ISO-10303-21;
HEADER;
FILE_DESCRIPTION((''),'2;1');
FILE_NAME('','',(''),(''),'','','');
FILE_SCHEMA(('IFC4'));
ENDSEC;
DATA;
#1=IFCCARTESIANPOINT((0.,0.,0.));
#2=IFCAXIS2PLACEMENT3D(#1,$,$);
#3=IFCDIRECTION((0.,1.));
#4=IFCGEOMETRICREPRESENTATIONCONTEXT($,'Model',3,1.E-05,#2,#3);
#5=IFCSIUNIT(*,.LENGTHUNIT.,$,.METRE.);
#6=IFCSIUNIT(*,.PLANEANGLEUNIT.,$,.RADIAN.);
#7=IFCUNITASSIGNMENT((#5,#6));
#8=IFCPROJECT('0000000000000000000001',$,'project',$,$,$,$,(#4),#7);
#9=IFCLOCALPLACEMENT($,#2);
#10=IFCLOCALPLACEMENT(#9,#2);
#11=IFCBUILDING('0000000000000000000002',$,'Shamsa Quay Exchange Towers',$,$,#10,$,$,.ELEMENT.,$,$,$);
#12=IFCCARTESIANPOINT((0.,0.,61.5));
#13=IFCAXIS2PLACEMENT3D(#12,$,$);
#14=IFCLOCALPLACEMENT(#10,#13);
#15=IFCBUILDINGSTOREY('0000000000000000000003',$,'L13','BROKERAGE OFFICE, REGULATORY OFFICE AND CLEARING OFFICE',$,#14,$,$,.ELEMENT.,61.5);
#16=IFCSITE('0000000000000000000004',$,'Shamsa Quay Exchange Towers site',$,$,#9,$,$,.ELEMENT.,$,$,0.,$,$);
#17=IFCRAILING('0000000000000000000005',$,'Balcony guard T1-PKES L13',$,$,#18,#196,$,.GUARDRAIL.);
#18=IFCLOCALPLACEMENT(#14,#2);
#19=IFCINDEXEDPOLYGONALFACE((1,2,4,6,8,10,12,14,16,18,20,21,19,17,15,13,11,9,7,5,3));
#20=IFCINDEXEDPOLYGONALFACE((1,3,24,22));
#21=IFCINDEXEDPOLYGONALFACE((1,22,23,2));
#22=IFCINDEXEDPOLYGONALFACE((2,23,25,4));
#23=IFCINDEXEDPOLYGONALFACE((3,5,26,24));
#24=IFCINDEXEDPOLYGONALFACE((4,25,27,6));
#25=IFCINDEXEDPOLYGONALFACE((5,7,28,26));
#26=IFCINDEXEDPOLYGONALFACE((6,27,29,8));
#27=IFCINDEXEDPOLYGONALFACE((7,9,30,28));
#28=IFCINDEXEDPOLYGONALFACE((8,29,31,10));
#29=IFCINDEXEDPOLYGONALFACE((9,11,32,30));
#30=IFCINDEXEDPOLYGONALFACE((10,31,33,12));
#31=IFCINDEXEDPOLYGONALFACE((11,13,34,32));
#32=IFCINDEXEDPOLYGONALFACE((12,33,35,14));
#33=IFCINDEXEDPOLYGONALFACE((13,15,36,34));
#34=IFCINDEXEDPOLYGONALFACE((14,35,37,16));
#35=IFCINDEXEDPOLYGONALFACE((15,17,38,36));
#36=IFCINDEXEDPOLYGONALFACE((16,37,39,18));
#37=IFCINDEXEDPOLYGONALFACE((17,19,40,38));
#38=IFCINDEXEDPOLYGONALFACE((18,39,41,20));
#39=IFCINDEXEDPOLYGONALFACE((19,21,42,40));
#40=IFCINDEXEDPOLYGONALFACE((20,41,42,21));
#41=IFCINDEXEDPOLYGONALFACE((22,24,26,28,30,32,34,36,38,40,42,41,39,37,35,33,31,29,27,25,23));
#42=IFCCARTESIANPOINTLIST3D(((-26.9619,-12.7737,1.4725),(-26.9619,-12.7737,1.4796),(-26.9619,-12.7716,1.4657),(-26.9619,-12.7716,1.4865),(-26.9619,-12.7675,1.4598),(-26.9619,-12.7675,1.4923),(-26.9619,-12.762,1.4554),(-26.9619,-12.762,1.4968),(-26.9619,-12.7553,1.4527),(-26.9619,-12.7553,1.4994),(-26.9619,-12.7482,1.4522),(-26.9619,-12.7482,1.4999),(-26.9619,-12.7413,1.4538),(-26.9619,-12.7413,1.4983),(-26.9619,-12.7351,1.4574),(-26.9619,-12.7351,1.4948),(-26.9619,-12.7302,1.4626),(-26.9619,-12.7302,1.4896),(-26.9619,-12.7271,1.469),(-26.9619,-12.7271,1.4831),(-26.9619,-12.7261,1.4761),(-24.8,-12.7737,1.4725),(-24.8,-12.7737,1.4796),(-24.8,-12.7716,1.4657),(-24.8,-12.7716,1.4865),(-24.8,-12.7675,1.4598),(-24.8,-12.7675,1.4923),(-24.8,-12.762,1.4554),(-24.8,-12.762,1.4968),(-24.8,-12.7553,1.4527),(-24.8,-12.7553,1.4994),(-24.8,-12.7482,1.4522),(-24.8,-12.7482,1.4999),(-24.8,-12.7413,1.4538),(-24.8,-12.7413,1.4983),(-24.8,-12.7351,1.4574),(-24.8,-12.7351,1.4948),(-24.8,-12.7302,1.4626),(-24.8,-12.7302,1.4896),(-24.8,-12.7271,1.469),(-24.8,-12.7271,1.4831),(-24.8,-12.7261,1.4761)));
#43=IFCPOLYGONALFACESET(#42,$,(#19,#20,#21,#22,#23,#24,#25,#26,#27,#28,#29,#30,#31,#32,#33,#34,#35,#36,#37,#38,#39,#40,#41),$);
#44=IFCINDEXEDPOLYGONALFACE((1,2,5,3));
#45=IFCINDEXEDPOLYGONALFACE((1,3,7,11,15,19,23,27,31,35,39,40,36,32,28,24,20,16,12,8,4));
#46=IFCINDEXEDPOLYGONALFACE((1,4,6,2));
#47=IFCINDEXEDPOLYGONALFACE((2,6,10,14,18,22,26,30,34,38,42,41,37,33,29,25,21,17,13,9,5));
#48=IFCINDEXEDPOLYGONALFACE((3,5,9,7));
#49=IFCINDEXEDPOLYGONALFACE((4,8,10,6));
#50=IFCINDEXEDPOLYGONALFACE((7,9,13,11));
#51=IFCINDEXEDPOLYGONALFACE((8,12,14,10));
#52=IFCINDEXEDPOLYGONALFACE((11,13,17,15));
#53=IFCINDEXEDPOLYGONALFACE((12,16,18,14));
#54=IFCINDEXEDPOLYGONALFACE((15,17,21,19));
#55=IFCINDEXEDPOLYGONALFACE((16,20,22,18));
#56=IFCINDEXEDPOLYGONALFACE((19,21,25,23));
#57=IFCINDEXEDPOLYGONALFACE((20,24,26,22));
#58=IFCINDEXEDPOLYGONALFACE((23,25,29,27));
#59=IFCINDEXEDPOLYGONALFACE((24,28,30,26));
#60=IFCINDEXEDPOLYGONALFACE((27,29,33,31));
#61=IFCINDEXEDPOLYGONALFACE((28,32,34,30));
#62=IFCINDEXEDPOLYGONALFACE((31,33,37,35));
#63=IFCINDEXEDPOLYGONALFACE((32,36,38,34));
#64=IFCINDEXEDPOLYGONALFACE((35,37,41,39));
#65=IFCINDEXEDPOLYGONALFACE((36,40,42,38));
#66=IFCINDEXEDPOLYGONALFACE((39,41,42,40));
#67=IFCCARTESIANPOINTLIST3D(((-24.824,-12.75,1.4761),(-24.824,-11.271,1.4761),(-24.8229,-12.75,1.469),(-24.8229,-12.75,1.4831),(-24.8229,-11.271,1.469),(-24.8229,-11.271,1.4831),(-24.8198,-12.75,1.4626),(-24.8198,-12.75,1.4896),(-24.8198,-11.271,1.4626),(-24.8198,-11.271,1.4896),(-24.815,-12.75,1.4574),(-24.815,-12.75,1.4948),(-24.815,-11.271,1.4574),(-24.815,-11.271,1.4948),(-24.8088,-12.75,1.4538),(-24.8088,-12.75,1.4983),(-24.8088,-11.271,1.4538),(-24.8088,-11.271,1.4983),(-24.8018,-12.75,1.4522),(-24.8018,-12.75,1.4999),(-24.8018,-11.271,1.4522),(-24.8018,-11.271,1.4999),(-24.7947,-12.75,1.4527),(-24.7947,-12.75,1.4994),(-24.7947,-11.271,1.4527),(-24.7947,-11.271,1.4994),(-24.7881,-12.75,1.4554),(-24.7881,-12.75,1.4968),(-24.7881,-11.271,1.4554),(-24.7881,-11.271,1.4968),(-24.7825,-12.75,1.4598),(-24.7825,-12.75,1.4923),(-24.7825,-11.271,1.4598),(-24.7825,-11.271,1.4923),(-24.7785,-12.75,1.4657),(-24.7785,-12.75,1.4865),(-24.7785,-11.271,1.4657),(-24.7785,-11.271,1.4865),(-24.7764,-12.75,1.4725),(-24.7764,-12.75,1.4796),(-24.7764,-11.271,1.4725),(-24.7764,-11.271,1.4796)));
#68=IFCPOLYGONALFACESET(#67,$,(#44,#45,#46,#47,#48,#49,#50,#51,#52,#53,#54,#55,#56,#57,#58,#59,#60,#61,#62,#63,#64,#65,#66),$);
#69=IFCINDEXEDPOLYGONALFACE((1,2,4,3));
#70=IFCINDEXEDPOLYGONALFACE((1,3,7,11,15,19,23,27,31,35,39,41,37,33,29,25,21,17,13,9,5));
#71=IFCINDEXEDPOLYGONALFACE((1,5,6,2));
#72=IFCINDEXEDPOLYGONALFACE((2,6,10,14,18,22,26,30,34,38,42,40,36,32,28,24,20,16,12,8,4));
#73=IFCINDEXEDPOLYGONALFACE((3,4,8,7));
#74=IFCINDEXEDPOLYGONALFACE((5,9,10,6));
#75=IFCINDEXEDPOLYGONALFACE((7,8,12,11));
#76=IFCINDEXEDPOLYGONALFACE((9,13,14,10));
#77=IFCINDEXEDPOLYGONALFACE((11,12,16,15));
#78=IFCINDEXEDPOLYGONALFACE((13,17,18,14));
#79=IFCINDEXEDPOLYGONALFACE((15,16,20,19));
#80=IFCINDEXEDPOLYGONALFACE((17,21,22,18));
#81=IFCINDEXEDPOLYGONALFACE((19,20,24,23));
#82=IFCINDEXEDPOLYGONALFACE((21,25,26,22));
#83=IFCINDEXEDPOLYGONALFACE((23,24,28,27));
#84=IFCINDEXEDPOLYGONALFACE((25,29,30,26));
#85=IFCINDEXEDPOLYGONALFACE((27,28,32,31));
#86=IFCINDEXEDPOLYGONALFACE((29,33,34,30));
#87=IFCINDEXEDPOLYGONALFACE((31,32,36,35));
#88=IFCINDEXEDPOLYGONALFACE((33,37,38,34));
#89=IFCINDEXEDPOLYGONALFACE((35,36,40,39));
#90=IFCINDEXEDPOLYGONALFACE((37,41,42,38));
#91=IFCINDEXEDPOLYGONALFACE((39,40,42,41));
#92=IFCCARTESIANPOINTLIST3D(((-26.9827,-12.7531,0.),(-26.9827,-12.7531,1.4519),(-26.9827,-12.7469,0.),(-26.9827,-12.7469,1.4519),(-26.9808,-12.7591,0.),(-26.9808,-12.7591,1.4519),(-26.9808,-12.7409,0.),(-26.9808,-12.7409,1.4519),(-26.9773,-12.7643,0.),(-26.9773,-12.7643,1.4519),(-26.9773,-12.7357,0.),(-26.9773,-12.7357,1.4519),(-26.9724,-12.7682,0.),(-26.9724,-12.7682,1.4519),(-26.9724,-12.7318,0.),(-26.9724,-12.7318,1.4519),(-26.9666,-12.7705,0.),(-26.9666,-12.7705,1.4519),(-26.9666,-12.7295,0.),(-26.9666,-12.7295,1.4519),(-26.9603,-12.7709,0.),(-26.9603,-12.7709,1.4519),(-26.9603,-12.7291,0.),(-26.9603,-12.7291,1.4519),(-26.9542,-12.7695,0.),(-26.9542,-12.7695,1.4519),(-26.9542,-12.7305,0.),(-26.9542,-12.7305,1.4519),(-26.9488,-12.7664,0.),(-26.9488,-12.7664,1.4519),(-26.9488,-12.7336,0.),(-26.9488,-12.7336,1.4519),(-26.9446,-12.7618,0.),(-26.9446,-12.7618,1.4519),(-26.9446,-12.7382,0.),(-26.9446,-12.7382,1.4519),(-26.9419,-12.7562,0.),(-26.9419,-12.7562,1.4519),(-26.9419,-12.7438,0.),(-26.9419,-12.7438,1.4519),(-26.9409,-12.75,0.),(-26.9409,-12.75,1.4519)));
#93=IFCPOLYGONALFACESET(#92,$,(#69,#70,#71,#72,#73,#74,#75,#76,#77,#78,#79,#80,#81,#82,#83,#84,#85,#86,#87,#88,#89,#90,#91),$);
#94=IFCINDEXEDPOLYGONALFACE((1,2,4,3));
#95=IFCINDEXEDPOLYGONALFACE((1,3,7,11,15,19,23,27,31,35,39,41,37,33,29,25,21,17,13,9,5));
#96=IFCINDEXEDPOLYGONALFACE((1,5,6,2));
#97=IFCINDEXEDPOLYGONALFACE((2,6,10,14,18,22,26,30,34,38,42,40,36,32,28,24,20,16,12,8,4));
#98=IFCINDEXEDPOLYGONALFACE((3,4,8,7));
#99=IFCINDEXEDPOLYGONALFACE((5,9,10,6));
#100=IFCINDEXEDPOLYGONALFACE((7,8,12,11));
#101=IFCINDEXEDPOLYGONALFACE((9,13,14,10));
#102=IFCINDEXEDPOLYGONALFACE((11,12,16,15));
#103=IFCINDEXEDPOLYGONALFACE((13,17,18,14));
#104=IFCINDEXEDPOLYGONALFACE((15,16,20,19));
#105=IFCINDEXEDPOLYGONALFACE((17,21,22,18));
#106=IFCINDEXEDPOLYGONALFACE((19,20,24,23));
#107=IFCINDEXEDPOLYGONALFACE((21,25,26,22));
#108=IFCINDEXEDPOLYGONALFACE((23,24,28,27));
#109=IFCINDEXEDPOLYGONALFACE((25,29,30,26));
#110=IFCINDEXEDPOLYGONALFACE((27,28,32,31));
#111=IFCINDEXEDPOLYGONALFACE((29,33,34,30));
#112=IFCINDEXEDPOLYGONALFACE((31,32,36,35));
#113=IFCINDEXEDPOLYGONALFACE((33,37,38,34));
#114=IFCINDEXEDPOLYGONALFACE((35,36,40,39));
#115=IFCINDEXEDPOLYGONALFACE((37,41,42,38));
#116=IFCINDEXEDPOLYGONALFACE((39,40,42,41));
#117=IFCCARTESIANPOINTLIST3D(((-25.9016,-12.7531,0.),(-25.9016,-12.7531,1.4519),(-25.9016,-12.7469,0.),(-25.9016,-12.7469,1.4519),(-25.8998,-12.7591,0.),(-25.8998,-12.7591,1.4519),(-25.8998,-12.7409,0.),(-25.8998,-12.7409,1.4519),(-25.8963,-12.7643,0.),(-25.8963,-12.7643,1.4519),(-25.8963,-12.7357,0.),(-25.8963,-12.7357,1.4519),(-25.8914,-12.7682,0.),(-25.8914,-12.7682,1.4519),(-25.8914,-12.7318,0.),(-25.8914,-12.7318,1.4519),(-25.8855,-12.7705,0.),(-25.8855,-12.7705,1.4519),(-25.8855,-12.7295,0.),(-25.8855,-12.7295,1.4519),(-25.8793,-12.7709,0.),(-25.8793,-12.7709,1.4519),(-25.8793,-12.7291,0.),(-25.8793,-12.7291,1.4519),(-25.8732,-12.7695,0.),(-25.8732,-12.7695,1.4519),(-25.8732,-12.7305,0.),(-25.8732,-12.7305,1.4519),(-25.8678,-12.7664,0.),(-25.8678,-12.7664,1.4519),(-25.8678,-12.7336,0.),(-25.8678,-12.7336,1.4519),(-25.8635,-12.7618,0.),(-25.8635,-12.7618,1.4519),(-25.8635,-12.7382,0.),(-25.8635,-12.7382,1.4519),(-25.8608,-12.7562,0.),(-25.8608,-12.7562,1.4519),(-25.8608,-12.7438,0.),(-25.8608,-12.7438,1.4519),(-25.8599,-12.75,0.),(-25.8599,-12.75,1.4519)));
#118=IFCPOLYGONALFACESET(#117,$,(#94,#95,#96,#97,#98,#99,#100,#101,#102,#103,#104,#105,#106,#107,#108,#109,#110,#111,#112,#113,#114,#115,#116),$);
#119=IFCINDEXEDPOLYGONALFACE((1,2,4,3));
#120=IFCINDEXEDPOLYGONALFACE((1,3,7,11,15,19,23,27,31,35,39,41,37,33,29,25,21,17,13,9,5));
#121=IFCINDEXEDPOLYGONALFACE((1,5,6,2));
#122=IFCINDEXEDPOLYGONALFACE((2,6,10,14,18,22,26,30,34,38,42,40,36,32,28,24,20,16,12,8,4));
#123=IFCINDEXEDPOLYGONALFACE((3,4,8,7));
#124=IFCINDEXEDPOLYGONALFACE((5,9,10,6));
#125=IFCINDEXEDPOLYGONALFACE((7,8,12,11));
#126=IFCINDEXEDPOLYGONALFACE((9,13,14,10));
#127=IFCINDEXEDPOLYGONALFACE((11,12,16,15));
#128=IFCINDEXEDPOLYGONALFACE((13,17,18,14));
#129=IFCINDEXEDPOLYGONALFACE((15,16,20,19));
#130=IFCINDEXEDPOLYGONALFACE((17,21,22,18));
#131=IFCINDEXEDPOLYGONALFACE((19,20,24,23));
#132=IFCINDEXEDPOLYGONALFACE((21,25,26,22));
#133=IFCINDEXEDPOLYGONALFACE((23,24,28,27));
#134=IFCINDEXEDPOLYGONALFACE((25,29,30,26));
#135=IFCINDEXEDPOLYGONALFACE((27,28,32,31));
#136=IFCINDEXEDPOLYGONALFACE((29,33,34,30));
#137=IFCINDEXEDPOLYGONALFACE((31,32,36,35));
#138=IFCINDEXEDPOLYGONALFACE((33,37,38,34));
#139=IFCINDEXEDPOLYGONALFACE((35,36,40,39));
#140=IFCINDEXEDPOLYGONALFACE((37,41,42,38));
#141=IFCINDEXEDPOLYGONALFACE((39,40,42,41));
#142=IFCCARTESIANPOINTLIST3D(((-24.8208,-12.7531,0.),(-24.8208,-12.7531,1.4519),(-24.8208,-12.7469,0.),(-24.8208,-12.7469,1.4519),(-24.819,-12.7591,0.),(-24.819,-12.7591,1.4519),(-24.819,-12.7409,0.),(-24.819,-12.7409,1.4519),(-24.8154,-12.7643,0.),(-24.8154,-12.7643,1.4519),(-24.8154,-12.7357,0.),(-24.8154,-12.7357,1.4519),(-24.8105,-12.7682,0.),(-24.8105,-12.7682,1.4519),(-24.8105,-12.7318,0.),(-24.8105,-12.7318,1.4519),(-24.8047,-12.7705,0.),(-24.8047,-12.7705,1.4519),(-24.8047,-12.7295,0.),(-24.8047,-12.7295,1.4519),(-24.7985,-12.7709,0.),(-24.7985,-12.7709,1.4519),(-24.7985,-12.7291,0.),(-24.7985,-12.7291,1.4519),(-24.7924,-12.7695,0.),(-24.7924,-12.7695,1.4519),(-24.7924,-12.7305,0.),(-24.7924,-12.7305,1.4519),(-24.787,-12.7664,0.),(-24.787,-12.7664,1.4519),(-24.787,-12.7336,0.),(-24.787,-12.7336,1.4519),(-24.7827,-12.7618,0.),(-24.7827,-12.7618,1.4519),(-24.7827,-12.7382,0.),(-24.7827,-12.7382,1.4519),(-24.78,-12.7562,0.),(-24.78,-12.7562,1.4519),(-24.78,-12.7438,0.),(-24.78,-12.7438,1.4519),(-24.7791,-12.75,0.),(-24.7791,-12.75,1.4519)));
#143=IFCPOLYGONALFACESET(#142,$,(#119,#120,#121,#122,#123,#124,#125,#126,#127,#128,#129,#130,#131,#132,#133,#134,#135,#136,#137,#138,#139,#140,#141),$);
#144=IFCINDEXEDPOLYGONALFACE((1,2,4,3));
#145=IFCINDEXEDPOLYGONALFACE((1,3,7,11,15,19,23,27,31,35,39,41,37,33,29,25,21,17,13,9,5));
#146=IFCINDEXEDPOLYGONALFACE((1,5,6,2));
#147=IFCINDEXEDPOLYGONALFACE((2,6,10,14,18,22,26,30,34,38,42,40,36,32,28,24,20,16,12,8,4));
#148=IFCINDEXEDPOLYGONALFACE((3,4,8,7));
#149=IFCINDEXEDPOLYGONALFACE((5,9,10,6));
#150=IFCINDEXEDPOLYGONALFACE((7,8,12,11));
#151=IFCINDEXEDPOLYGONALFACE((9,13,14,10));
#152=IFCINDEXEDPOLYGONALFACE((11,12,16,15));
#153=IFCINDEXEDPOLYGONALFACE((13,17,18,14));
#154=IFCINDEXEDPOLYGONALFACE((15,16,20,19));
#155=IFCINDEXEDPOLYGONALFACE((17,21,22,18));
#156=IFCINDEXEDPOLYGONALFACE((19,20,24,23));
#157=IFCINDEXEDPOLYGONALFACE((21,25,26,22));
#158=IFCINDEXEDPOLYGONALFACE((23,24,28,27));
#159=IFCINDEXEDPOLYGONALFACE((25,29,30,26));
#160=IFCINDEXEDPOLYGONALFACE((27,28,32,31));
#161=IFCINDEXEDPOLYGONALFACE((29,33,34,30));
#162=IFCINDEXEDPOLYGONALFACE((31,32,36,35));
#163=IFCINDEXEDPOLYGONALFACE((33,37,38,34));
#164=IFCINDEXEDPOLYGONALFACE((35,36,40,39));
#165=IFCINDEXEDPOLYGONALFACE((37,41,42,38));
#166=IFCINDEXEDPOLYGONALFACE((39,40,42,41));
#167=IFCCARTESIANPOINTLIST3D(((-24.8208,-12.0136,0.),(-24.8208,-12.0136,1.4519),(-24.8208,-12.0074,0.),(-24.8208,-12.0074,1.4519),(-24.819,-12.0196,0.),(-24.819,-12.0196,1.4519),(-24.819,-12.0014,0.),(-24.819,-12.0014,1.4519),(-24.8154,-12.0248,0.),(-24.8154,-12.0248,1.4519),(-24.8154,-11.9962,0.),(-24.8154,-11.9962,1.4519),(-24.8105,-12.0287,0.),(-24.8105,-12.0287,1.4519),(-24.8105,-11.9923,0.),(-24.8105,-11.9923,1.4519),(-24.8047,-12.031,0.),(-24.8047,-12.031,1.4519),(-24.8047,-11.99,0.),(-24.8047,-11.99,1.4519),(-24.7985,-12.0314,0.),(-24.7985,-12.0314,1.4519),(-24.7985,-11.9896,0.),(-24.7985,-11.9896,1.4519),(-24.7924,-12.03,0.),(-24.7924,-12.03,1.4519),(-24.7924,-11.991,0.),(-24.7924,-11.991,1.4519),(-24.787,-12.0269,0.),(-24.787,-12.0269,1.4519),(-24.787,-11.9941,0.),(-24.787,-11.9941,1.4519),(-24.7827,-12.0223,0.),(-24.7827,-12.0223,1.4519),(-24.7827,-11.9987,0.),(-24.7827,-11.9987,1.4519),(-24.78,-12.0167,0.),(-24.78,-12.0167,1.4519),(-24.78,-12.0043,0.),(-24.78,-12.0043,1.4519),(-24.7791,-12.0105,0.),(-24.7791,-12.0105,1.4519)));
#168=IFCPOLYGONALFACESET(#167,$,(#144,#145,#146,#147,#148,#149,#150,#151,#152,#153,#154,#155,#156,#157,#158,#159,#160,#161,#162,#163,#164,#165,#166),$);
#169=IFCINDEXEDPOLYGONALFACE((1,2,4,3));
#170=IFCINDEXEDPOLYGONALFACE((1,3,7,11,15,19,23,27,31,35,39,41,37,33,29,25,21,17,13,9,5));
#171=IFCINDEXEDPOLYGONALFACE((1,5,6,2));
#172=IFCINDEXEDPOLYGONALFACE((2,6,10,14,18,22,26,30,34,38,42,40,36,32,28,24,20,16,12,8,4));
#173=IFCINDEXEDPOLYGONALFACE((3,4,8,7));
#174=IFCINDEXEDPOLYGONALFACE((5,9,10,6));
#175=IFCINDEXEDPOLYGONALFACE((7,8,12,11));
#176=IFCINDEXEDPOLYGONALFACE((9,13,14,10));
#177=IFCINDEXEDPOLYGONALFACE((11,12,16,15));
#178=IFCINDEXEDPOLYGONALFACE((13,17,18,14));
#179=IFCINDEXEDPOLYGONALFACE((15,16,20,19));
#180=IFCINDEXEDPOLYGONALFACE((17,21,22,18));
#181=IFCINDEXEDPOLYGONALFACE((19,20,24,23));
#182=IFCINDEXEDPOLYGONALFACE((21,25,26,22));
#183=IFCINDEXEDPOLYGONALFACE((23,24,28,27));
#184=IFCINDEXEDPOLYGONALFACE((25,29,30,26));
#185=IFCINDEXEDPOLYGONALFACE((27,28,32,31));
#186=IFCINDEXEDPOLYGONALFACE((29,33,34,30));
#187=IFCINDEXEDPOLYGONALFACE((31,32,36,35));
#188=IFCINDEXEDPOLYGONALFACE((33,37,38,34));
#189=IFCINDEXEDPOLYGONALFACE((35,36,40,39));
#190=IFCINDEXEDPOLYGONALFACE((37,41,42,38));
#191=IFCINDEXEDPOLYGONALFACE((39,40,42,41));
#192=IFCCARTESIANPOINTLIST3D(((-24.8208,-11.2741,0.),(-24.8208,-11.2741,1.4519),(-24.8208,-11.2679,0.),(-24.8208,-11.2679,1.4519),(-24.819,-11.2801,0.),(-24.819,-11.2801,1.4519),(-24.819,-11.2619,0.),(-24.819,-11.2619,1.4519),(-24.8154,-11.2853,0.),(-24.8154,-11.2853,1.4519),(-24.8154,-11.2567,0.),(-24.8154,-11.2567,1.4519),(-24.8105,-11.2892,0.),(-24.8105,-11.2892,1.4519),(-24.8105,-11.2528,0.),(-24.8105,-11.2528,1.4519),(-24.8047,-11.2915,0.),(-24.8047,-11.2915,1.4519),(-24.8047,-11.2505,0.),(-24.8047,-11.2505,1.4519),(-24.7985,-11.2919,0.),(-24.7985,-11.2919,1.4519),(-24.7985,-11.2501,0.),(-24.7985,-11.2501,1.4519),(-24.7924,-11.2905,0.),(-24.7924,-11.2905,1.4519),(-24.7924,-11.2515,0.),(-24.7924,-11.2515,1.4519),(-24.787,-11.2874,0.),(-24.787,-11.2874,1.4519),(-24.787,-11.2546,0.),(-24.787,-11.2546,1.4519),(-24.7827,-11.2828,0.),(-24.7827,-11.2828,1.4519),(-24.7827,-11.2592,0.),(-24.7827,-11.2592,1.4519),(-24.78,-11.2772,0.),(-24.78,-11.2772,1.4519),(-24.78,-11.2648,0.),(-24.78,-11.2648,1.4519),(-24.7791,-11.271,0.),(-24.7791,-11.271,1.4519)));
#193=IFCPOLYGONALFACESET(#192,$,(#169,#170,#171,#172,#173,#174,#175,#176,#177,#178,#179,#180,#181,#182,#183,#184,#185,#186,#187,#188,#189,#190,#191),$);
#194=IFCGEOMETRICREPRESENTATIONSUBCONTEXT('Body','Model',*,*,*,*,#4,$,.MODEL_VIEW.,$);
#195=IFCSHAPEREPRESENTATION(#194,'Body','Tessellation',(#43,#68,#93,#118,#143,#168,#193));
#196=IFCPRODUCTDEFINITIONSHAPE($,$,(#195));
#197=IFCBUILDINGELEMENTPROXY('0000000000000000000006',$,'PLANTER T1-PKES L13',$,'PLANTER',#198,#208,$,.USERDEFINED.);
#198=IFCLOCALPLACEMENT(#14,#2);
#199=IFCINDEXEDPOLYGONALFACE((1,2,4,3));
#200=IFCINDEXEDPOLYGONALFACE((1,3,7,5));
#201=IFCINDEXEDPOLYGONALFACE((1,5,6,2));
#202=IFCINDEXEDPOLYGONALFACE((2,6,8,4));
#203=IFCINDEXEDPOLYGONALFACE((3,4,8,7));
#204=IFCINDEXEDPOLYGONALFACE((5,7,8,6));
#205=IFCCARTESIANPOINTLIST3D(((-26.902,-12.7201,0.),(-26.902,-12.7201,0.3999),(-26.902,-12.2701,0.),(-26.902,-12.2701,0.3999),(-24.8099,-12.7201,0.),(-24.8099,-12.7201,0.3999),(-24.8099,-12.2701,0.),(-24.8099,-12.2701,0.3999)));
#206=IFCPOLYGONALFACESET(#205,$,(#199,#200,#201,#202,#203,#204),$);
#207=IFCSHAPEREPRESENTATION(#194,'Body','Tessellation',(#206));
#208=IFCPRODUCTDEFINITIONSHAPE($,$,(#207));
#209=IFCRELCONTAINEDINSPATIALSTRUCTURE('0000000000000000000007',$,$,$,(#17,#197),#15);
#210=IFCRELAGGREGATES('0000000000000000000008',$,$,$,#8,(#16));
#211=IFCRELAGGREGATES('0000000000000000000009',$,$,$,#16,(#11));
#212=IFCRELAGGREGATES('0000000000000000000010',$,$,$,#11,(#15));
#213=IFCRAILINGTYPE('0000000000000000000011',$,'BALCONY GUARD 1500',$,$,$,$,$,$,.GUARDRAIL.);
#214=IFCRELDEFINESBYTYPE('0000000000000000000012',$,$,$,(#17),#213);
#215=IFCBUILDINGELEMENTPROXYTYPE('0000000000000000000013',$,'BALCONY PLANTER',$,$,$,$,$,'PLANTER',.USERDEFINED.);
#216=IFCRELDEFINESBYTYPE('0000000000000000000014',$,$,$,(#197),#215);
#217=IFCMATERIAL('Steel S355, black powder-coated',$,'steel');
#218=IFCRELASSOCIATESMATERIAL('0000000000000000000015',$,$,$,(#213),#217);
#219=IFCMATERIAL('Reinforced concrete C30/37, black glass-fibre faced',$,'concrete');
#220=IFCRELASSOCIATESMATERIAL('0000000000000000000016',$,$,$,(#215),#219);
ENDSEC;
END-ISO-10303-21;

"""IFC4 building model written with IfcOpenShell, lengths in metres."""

from ifc_helpers import new_model, si_unit, direction, frame, origin, origin_2d, place, context, subcontext, project, spatial, rectangle, circle, extrude, material, type_object, element, save


model = new_model("IFC4")

# Units and contexts
model_context = context("Model", 3, precision=1e-05, world=origin(), true_north=direction((0.0, 1.0)))
body_context = subcontext(model_context, "Body", "Model", "MODEL_VIEW")
ifc_project = project(units=[si_unit("LENGTHUNIT", "METRE"), si_unit("PLANEANGLEUNIT", "RADIAN")], contexts=[model_context])

# Site, building, storey
site_placement = place(None, origin())
site = spatial("IfcSite", under=ifc_project, at=site_placement, Name="Shamsa Quay Exchange Towers site", CompositionType="ELEMENT", RefElevation=0.0)
building_placement = place(site_placement, origin())
building = spatial("IfcBuilding", under=site, at=building_placement, Name="Shamsa Quay Exchange Towers", CompositionType="ELEMENT")
storey_placement = place(building_placement, frame((0.0, 0.0, 61.5)))
storey = spatial("IfcBuildingStorey", under=building, at=storey_placement, Name="L13", Description="BROKERAGE OFFICE, REGULATORY OFFICE AND CLEARING OFFICE", CompositionType="ELEMENT", Elevation=61.5)

# Railing
ifc_material_1 = material(Name="Steel S355, black powder-coated", Category="steel")
railing_type_1 = type_object("IfcRailingType", Name="BALCONY GUARD 1500", PredefinedType="GUARDRAIL", material=ifc_material_1)
railing_1_placement = place(storey_placement, frame((-26.9619, -12.75, 0.0)))
element("IfcRailing", 1, at=railing_1_placement, inside=storey, type_object=railing_type_1, Name="Balcony guard T1-PKES L13", PredefinedType="GUARDRAIL", context=body_context, shape_type="SweptSolid", body=[
    extrude(circle(Radius=0.0239, at=origin_2d()), frame((0.0, 0.0, 1.4761), z_axis=(1.0, 0.0, 0.0), x_axis=(0.0, 1.0, 0.0)), (0.0, 0.0, 1.0), 2.1619),
    extrude(circle(Radius=0.0239, at=origin_2d()), frame((2.1619, 0.0, 1.4761), z_axis=(0.0, 1.0, 0.0), x_axis=(-1.0, 0.0, 0.0)), (0.0, 0.0, 1.0), 1.479),
    extrude(circle(Radius=0.021, at=origin_2d()), origin(), (0.0, 0.0, 1.0), 1.4519),
    extrude(circle(Radius=0.021, at=origin_2d()), frame((1.0811, 0.0, 0.0)), (0.0, 0.0, 1.0), 1.4519),
    extrude(circle(Radius=0.021, at=origin_2d()), frame((2.1619, 0.0, 0.0)), (0.0, 0.0, 1.0), 1.4519),
    extrude(circle(Radius=0.021, at=origin_2d()), frame((2.1619, 0.7395, 0.0)), (0.0, 0.0, 1.0), 1.4519),
    extrude(circle(Radius=0.021, at=origin_2d()), frame((2.1619, 1.479, 0.0)), (0.0, 0.0, 1.0), 1.4519),
])

# Building element proxy
ifc_material_2 = material(Name="Reinforced concrete C30/37, black glass-fibre faced", Category="concrete")
building_element_proxy_type = type_object("IfcBuildingElementProxyType", Name="BALCONY PLANTER", ElementType="PLANTER", PredefinedType="USERDEFINED", material=ifc_material_2)
proxy_placement = place(storey_placement, frame((-25.856, -12.4951, 0.0)))
element("IfcBuildingElementProxy", 2, at=proxy_placement, inside=storey, type_object=building_element_proxy_type, Name="PLANTER T1-PKES L13", ObjectType="PLANTER", PredefinedType="USERDEFINED", context=body_context, shape_type="SweptSolid", body=[
    extrude(rectangle(XDim=2.092, YDim=0.45, at=origin_2d()), origin(), (0.0, 0.0, 1.0), 0.3999),
])

save(model, "model.ifc")
